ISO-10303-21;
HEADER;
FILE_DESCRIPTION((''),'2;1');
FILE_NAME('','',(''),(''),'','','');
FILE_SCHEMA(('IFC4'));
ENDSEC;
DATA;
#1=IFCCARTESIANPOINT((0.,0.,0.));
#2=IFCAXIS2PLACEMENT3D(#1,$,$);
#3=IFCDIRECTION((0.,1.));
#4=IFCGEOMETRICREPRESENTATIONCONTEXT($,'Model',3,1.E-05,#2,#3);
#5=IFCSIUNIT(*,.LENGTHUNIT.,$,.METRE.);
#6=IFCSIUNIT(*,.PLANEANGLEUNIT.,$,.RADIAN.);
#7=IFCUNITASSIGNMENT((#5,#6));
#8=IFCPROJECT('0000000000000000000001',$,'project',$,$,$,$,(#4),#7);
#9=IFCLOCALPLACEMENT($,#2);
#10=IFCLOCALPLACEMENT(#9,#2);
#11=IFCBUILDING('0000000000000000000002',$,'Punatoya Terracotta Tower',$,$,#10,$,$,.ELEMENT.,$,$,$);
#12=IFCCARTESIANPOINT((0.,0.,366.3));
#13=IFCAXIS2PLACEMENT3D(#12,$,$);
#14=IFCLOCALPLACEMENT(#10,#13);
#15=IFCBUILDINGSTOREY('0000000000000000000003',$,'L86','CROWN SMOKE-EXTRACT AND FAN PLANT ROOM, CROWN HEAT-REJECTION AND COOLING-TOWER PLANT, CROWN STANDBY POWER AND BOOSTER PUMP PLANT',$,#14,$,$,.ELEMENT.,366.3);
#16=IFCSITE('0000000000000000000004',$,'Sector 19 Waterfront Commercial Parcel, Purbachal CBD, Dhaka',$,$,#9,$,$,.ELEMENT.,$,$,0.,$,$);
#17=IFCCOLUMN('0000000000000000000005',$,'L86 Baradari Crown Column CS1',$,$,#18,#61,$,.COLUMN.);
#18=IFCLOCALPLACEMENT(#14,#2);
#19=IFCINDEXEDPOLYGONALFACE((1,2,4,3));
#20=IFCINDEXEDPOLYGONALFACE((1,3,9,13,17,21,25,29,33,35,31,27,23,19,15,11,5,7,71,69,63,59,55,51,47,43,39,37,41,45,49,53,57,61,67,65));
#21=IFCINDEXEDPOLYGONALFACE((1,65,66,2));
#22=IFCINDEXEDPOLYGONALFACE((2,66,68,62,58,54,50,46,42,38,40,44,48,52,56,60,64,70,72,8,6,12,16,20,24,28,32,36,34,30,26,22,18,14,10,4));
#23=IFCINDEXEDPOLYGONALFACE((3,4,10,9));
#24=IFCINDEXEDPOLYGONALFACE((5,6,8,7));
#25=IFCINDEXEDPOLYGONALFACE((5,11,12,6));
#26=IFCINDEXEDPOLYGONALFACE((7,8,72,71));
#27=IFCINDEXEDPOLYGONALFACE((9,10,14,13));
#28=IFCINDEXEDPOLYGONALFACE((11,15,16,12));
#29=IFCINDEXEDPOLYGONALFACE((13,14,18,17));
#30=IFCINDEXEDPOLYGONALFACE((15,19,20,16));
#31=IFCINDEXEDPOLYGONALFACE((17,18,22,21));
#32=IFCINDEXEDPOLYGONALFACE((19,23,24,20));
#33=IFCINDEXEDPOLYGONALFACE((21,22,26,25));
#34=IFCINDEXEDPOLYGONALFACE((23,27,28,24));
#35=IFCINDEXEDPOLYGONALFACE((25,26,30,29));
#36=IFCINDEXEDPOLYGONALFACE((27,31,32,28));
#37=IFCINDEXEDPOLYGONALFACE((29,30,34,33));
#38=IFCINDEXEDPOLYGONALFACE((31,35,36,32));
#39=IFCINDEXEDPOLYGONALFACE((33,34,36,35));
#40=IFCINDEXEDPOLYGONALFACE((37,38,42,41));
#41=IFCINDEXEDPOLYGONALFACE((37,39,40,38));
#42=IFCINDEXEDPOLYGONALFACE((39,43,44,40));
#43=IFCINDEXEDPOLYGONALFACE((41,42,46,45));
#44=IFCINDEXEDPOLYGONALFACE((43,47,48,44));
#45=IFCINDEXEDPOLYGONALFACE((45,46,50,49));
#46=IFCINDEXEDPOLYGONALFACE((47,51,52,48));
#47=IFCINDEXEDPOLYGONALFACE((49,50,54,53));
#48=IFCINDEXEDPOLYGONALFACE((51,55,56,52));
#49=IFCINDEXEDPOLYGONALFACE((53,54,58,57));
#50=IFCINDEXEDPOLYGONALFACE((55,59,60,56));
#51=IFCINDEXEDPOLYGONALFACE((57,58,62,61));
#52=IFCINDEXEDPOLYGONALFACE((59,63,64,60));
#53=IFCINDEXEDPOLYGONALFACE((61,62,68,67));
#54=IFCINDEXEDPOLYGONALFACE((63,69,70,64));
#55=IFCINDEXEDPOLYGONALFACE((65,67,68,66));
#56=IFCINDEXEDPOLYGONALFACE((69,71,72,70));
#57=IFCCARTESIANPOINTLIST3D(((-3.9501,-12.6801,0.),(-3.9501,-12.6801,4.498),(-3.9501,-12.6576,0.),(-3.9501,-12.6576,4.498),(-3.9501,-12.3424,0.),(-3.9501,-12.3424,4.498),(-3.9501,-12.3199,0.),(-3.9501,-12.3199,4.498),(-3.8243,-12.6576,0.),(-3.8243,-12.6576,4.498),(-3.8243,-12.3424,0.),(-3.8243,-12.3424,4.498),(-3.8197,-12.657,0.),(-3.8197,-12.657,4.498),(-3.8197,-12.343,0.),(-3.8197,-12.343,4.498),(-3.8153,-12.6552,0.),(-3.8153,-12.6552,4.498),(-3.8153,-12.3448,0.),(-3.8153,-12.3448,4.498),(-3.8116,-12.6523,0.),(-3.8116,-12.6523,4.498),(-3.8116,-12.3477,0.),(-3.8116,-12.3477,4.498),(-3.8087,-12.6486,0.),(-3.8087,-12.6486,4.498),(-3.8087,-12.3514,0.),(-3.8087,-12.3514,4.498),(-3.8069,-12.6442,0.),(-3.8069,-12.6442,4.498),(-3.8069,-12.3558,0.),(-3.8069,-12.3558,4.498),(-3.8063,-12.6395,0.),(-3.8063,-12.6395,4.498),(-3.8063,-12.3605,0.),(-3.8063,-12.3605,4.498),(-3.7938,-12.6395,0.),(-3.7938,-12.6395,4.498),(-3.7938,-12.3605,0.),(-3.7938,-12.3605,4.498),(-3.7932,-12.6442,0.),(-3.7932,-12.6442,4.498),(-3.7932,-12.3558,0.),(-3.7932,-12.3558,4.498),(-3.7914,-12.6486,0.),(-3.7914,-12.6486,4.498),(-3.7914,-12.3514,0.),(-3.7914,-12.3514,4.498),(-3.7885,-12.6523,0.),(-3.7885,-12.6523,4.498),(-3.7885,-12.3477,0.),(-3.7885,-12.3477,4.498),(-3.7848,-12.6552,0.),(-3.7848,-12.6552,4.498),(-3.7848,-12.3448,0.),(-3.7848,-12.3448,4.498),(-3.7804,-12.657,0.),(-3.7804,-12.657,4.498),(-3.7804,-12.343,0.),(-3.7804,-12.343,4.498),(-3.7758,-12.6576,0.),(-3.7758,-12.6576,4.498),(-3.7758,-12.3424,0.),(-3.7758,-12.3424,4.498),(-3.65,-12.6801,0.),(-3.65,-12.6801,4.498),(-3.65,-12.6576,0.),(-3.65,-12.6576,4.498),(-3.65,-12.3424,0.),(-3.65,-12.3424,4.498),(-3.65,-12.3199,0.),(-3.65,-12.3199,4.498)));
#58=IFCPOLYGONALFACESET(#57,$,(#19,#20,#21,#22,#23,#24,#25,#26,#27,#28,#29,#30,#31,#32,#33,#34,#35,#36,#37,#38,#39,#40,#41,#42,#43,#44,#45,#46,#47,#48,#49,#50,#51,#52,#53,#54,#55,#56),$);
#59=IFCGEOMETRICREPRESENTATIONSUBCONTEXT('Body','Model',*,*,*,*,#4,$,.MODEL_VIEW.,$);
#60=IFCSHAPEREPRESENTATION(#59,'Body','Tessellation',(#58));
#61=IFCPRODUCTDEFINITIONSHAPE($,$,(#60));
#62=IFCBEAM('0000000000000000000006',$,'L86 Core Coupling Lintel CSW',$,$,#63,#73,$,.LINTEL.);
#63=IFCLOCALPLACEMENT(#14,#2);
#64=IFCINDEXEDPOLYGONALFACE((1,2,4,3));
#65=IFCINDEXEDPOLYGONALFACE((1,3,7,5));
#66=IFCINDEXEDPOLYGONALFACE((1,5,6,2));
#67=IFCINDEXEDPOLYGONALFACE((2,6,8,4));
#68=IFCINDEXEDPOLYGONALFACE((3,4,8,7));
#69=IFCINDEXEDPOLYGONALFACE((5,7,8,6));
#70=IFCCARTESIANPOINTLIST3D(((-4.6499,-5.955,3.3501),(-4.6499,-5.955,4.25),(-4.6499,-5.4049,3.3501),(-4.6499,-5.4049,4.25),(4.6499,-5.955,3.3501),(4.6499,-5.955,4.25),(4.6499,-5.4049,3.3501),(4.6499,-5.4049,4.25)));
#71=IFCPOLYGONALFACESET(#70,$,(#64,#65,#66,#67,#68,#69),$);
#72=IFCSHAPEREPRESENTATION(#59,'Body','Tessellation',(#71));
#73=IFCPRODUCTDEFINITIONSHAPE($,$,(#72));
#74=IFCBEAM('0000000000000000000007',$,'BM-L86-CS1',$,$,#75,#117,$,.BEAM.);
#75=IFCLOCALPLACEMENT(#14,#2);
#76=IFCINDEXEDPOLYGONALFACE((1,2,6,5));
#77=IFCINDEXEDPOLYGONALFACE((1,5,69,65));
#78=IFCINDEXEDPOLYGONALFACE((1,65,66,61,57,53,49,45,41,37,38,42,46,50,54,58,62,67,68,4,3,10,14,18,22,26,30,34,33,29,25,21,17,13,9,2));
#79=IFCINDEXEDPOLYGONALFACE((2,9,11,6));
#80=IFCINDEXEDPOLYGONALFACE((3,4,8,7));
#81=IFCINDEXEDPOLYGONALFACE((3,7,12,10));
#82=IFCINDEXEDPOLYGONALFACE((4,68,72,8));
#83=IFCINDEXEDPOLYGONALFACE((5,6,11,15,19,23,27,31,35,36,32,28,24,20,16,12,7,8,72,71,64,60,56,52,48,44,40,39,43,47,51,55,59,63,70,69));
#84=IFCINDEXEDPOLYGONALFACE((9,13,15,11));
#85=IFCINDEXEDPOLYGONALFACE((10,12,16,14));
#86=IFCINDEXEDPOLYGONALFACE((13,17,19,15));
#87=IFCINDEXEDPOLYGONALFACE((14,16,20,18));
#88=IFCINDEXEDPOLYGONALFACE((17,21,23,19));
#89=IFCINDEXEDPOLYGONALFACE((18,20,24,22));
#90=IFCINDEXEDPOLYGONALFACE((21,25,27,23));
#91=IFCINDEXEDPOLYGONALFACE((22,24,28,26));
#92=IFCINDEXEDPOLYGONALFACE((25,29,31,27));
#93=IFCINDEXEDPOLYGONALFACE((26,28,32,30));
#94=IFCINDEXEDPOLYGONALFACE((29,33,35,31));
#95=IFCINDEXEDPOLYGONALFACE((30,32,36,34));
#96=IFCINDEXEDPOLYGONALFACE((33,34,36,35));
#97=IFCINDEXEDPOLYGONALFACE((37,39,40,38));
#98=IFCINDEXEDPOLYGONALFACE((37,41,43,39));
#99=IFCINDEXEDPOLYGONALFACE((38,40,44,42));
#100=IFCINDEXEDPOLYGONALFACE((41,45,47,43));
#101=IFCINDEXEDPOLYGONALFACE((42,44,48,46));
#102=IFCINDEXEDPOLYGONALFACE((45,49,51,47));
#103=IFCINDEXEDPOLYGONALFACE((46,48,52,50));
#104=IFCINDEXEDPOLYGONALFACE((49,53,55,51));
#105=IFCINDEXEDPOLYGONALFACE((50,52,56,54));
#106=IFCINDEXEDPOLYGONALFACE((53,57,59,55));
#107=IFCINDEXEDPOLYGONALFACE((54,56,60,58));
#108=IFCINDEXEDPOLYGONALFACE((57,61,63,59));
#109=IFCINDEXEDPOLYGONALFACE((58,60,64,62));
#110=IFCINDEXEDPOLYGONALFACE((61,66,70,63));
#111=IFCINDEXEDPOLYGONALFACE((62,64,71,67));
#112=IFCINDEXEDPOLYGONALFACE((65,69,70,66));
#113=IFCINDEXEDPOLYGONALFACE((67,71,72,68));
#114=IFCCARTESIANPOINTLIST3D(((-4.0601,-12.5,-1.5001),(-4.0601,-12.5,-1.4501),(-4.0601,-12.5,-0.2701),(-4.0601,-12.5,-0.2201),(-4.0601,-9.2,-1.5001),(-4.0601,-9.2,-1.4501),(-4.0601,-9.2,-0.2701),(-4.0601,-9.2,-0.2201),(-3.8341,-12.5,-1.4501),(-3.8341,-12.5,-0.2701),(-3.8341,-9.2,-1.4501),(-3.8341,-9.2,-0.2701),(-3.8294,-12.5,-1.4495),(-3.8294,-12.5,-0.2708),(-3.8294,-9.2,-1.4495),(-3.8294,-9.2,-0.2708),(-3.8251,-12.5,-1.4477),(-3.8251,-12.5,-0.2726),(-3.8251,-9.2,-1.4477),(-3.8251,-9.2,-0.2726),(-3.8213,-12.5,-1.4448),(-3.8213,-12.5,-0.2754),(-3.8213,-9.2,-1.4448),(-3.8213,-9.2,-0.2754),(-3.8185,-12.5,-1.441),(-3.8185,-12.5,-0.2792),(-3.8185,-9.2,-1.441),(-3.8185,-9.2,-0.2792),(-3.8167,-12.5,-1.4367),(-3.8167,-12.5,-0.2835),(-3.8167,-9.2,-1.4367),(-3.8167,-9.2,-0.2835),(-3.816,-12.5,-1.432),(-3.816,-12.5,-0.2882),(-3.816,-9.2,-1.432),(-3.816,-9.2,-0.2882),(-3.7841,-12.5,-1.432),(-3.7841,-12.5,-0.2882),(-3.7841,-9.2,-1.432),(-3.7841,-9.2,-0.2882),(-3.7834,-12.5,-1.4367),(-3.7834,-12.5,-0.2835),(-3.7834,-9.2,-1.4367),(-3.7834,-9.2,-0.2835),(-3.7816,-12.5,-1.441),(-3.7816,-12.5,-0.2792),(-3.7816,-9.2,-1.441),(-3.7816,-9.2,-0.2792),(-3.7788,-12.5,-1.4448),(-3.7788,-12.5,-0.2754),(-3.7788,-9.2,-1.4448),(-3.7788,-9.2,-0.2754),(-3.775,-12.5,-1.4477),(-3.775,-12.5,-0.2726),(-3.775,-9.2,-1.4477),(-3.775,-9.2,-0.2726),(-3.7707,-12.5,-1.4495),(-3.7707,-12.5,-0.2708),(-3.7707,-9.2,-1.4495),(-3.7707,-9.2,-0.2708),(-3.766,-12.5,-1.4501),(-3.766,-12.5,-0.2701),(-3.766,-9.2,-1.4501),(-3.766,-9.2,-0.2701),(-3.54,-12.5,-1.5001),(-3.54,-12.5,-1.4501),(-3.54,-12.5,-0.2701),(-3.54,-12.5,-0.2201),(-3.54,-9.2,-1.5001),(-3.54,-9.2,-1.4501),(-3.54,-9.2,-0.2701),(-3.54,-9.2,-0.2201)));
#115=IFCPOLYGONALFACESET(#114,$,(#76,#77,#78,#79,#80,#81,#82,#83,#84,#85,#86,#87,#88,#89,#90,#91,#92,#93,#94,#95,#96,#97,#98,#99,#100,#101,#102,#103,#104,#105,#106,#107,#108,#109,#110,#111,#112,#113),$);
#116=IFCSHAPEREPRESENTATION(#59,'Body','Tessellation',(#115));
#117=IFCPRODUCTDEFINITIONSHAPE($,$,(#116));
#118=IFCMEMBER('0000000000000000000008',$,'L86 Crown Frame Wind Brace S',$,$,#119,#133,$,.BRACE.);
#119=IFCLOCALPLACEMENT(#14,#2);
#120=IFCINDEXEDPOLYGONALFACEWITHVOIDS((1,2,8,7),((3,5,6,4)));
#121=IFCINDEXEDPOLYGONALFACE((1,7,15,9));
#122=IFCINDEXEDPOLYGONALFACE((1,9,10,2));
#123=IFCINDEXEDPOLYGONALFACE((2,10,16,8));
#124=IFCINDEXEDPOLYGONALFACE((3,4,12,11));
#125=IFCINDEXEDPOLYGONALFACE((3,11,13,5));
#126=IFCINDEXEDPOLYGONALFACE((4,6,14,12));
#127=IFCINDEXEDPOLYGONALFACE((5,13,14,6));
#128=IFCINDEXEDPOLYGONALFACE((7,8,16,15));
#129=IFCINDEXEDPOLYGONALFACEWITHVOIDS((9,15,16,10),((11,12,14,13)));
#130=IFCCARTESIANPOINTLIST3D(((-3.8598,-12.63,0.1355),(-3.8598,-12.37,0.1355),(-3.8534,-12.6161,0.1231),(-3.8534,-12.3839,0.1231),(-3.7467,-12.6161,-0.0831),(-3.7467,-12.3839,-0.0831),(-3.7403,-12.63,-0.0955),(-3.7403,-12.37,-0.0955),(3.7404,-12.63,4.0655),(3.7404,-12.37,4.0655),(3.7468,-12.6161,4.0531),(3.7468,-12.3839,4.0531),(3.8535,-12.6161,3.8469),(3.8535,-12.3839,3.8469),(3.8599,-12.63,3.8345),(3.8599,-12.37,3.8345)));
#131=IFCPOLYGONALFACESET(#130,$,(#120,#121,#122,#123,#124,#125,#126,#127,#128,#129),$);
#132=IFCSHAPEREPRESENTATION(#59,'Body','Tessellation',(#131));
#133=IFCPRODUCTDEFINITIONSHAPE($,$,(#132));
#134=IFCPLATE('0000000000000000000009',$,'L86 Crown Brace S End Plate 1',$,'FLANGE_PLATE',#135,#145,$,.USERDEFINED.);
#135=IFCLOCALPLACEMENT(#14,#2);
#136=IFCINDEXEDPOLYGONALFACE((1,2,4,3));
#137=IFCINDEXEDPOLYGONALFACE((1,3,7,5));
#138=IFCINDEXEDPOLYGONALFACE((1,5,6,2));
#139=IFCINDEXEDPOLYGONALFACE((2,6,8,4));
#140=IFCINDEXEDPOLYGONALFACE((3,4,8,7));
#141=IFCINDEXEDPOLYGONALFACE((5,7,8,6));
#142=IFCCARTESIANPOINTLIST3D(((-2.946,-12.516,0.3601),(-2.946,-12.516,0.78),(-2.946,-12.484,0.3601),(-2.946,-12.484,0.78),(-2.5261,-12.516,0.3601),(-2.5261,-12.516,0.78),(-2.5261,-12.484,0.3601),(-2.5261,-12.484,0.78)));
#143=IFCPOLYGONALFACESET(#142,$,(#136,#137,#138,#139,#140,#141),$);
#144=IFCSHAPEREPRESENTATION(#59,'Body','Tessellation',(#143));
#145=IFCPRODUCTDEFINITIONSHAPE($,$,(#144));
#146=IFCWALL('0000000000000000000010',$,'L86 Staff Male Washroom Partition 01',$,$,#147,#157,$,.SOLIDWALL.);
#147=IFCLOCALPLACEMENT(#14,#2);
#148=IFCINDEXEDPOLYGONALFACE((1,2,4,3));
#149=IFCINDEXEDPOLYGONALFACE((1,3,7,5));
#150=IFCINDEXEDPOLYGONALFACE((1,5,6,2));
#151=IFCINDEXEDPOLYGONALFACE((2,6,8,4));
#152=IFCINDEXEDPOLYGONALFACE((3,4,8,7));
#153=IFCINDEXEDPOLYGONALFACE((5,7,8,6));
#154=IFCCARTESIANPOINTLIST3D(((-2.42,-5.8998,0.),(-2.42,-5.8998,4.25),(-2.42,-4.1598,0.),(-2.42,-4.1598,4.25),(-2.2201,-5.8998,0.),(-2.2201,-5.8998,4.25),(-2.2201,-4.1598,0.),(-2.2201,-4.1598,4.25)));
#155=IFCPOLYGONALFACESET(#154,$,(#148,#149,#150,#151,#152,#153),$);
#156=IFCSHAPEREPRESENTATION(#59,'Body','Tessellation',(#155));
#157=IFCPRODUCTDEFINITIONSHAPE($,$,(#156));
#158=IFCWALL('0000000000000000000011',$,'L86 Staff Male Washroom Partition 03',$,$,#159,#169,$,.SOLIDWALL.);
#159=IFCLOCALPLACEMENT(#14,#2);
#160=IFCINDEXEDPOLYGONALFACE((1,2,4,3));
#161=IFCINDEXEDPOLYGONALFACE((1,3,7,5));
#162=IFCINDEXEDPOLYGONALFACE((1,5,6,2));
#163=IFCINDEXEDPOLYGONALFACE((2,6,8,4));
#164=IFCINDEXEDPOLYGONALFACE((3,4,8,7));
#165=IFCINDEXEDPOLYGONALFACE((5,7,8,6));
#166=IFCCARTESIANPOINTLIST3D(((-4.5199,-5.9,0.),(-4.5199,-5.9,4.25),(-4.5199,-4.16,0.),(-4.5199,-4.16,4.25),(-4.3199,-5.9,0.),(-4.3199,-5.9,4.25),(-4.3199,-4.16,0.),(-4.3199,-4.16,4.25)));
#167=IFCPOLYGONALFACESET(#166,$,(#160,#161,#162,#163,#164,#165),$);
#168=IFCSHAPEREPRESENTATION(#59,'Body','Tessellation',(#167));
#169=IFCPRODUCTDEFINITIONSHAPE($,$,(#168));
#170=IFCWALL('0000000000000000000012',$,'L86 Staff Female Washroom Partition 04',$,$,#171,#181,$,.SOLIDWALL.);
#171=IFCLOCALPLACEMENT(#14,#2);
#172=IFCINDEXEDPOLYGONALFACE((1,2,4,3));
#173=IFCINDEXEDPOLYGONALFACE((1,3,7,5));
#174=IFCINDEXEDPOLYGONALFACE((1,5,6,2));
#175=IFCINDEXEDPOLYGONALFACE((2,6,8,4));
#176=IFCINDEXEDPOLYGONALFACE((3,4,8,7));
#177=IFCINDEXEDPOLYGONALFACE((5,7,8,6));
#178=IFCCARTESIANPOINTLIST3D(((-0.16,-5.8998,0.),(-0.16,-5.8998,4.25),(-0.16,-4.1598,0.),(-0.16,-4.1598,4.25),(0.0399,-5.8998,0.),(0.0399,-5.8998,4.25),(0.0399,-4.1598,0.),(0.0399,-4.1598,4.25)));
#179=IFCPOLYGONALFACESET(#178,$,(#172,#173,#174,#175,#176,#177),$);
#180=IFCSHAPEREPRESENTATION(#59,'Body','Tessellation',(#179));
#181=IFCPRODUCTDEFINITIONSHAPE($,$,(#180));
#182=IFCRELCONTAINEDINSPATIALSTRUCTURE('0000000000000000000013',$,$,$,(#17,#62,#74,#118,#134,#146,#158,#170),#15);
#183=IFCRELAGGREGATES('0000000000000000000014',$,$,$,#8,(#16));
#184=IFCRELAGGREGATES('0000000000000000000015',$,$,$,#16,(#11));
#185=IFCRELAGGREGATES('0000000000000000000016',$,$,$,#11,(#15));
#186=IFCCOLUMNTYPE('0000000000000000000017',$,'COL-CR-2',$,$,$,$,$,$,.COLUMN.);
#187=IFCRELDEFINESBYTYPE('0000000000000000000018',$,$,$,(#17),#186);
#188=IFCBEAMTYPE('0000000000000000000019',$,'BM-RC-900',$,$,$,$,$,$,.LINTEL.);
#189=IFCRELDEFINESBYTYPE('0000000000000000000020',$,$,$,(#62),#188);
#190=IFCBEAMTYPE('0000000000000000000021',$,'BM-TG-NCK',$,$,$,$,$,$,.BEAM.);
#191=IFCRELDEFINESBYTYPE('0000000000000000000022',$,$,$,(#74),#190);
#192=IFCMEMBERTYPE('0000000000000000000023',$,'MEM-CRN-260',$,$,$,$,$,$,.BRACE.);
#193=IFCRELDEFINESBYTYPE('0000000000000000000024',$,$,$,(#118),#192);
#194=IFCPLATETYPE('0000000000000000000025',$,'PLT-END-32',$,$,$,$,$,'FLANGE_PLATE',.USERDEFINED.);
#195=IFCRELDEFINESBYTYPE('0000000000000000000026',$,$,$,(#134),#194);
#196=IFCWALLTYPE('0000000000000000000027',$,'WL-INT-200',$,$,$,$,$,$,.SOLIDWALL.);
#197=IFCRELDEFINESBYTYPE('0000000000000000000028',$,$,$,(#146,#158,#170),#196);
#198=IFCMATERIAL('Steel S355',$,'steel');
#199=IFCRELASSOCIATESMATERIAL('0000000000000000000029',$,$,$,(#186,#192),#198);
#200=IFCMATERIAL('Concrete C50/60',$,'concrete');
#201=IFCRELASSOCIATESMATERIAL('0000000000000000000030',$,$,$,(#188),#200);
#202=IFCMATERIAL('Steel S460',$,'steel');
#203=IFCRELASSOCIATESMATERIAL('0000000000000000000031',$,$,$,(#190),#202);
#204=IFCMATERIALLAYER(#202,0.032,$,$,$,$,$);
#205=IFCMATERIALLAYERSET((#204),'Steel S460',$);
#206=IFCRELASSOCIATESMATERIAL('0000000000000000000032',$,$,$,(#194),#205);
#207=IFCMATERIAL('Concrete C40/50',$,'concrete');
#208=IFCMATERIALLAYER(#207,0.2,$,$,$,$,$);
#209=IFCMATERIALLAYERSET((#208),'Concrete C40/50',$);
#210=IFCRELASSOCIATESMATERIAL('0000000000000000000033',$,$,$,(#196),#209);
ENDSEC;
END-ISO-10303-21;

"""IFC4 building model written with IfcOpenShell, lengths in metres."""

from ifc_helpers import new_model, si_unit, direction, frame, frame_2d, origin, origin_2d, place, context, subcontext, project, spatial, rectangle, hollow_rectangle, i_section, extrude, material, layer, layer_set, material_profile, profile_set, type_object, element, save


model = new_model("IFC4")

# Units and contexts
model_context = context("Model", 3, precision=1e-05, world=origin(), true_north=direction((0.0, 1.0)))
body_context = subcontext(model_context, "Body", "Model", "MODEL_VIEW")
ifc_project = project(units=[si_unit("LENGTHUNIT", "METRE"), si_unit("PLANEANGLEUNIT", "RADIAN")], contexts=[model_context])

# Site, building, storey
site_placement = place(None, origin())
site = spatial("IfcSite", under=ifc_project, at=site_placement, Name="Sector 19 Waterfront Commercial Parcel, Purbachal CBD, Dhaka", CompositionType="ELEMENT", RefElevation=0.0)
building_placement = place(site_placement, origin())
building = spatial("IfcBuilding", under=site, at=building_placement, Name="Punatoya Terracotta Tower", CompositionType="ELEMENT")
storey_placement = place(building_placement, frame((0.0, 0.0, 366.3)))
storey = spatial("IfcBuildingStorey", under=building, at=storey_placement, Name="L86", Description="CROWN SMOKE-EXTRACT AND FAN PLANT ROOM, CROWN HEAT-REJECTION AND COOLING-TOWER PLANT, CROWN STANDBY POWER AND BOOSTER PUMP PLANT", CompositionType="ELEMENT", Elevation=366.3)

# Column
ifc_material_1 = material(Name="Steel S355", Category="steel")
ifc_material_profile_1 = material_profile(ifc_material_1, i_section(OverallWidth=0.3, OverallDepth=0.3601, WebThickness=0.0125, FlangeThickness=0.0225, FilletRadius=0.0181, at=origin_2d()))
ifc_profile_set_1 = profile_set([ifc_material_profile_1], Name="Steel S355")
column_type = type_object("IfcColumnType", Name="COL-CR-2", PredefinedType="COLUMN", material=ifc_profile_set_1)
column_placement = place(storey_placement, frame((-3.8, -12.5, 0.0), z_axis=(0.0, 0.0, 1.0), x_axis=(1.0, 0.0, 0.0)))
element("IfcColumn", 1, at=column_placement, inside=storey, type_object=column_type, Name="L86 Baradari Crown Column CS1", PredefinedType="COLUMN", context=body_context, shape_type="SweptSolid", body=[
    extrude(i_section(OverallWidth=0.3, OverallDepth=0.3601, WebThickness=0.0125, FlangeThickness=0.0225, FilletRadius=0.0181, at=origin_2d()), origin(), (0.0, 0.0, 1.0), 4.498),
])

# Beams
ifc_material_2 = material(Name="Concrete C50/60", Category="concrete")
ifc_material_profile_2 = material_profile(ifc_material_2, rectangle(XDim=0.55, YDim=0.8999, at=origin_2d()))
ifc_profile_set_2 = profile_set([ifc_material_profile_2], Name="Concrete C50/60")
beam_type_1 = type_object("IfcBeamType", Name="BM-RC-900", PredefinedType="LINTEL", material=ifc_profile_set_2)
beam_1_placement = place(storey_placement, frame((-4.6499, -5.6799, 3.8), z_axis=(1.0, 0.0, 0.0), x_axis=(0.0, 1.0, 0.0)))
element("IfcBeam", 2, at=beam_1_placement, inside=storey, type_object=beam_type_1, Name="L86 Core Coupling Lintel CSW", PredefinedType="LINTEL", context=body_context, shape_type="SweptSolid", body=[
    extrude(rectangle(XDim=0.55, YDim=0.8999, at=origin_2d()), origin(), (0.0, 0.0, 1.0), 9.2998),
])
ifc_material_3 = material(Name="Steel S460", Category="steel")
ifc_material_profile_3 = material_profile(ifc_material_3, i_section(OverallWidth=0.52, OverallDepth=1.28, WebThickness=0.032, FlangeThickness=0.05, FilletRadius=0.0181, at=origin_2d()))
ifc_profile_set_3 = profile_set([ifc_material_profile_3], Name="Steel S460")
beam_type_2 = type_object("IfcBeamType", Name="BM-TG-NCK", PredefinedType="BEAM", material=ifc_profile_set_3)
beam_2_placement = place(storey_placement, frame((-3.8, -12.5, -0.8601), z_axis=(0.0, 1.0, 0.0), x_axis=(-1.0, 0.0, 0.0)))
element("IfcBeam", 3, at=beam_2_placement, inside=storey, type_object=beam_type_2, Name="BM-L86-CS1", PredefinedType="BEAM", context=body_context, shape_type="SweptSolid", body=[
    extrude(i_section(OverallWidth=0.52, OverallDepth=1.28, WebThickness=0.032, FlangeThickness=0.05, FilletRadius=0.0181, at=origin_2d()), origin(), (0.0, 0.0, 1.0), 3.3),
])

# Member
ifc_material_profile_4 = material_profile(ifc_material_1, hollow_rectangle(XDim=0.26, YDim=0.26, WallThickness=0.0139, at=origin_2d()))
ifc_profile_set_4 = profile_set([ifc_material_profile_4], Name="Steel S355")
member_type = type_object("IfcMemberType", Name="MEM-CRN-260", PredefinedType="BRACE", material=ifc_profile_set_4)
member_placement = place(storey_placement, frame((-3.8, -12.5, 0.02), z_axis=(0.888273, 0.0, 0.459317), x_axis=(0.0, 1.0, 0.0)))
element("IfcMember", 4, at=member_placement, inside=storey, type_object=member_type, Name="L86 Crown Frame Wind Brace S", PredefinedType="BRACE", context=body_context, shape_type="SweptSolid", body=[
    extrude(hollow_rectangle(XDim=0.26, YDim=0.26, WallThickness=0.0139, at=origin_2d()), origin(), (0.0, 0.0, 1.0), 8.5562),
])

# Plate
ifc_layer_1 = layer(ifc_material_3, 0.032)
ifc_layer_set_1 = layer_set([ifc_layer_1], Name="Steel S460")
plate_type = type_object("IfcPlateType", Name="PLT-END-32", ElementType="FLANGE_PLATE", PredefinedType="USERDEFINED", material=ifc_layer_set_1)
plate_placement = place(storey_placement, frame((-2.7361, -12.5, 0.3601), z_axis=(0.0, 0.0, 1.0), x_axis=(1.0, 0.0, 0.0)))
element("IfcPlate", 5, at=plate_placement, inside=storey, type_object=plate_type, Name="L86 Crown Brace S End Plate 1", ObjectType="FLANGE_PLATE", PredefinedType="USERDEFINED", context=body_context, shape_type="SweptSolid", body=[
    extrude(rectangle(XDim=0.4199, YDim=0.032, at=origin_2d()), origin(), (0.0, 0.0, 1.0), 0.4199),
])

# Wall
ifc_material_4 = material(Name="Concrete C40/50", Category="concrete")
ifc_layer_2 = layer(ifc_material_4, 0.2)
ifc_layer_set_2 = layer_set([ifc_layer_2], Name="Concrete C40/50")
wall_type_1 = type_object("IfcWallType", Name="WL-INT-200", PredefinedType="SOLIDWALL", material=ifc_layer_set_2)
wall_1_placement = place(storey_placement, frame((-2.3201, -5.8999, 0.0), z_axis=(0.0, 0.0, 1.0), x_axis=(0.0, 1.0, 0.0)))
element("IfcWall", 6, at=wall_1_placement, inside=storey, type_object=wall_type_1, Name="L86 Staff Male Washroom Partition 01", PredefinedType="SOLIDWALL", context=body_context, shape_type="SweptSolid", body=[
    extrude(rectangle(XDim=1.74, YDim=0.2, at=frame_2d((0.8701, 0.0))), origin(), (0.0, 0.0, 1.0), 4.25),
])

# Walls
for number, where, z_axis, x_axis, name in (
    (7, (-4.4199, -4.1599, 0.0), (0.0, 0.0, 1.0), (0.0, -1.0, 0.0), "L86 Staff Male Washroom Partition 03"),
    (8, (-0.0601, -5.8999, 0.0), (0.0, 0.0, 1.0), (0.0, 1.0, 0.0), "L86 Staff Female Washroom Partition 04"),
):
    element("IfcWall", number, at=place(storey_placement, frame(where, z_axis=z_axis, x_axis=x_axis)), inside=storey, type_object=wall_type_1, Name=name, PredefinedType="SOLIDWALL", context=body_context, shape_type="SweptSolid", body=[
        extrude(rectangle(XDim=1.74, YDim=0.2, at=frame_2d((0.8701, 0.0))), origin(), (0.0, 0.0, 1.0), 4.25),
    ])

save(model, "model.ifc")
